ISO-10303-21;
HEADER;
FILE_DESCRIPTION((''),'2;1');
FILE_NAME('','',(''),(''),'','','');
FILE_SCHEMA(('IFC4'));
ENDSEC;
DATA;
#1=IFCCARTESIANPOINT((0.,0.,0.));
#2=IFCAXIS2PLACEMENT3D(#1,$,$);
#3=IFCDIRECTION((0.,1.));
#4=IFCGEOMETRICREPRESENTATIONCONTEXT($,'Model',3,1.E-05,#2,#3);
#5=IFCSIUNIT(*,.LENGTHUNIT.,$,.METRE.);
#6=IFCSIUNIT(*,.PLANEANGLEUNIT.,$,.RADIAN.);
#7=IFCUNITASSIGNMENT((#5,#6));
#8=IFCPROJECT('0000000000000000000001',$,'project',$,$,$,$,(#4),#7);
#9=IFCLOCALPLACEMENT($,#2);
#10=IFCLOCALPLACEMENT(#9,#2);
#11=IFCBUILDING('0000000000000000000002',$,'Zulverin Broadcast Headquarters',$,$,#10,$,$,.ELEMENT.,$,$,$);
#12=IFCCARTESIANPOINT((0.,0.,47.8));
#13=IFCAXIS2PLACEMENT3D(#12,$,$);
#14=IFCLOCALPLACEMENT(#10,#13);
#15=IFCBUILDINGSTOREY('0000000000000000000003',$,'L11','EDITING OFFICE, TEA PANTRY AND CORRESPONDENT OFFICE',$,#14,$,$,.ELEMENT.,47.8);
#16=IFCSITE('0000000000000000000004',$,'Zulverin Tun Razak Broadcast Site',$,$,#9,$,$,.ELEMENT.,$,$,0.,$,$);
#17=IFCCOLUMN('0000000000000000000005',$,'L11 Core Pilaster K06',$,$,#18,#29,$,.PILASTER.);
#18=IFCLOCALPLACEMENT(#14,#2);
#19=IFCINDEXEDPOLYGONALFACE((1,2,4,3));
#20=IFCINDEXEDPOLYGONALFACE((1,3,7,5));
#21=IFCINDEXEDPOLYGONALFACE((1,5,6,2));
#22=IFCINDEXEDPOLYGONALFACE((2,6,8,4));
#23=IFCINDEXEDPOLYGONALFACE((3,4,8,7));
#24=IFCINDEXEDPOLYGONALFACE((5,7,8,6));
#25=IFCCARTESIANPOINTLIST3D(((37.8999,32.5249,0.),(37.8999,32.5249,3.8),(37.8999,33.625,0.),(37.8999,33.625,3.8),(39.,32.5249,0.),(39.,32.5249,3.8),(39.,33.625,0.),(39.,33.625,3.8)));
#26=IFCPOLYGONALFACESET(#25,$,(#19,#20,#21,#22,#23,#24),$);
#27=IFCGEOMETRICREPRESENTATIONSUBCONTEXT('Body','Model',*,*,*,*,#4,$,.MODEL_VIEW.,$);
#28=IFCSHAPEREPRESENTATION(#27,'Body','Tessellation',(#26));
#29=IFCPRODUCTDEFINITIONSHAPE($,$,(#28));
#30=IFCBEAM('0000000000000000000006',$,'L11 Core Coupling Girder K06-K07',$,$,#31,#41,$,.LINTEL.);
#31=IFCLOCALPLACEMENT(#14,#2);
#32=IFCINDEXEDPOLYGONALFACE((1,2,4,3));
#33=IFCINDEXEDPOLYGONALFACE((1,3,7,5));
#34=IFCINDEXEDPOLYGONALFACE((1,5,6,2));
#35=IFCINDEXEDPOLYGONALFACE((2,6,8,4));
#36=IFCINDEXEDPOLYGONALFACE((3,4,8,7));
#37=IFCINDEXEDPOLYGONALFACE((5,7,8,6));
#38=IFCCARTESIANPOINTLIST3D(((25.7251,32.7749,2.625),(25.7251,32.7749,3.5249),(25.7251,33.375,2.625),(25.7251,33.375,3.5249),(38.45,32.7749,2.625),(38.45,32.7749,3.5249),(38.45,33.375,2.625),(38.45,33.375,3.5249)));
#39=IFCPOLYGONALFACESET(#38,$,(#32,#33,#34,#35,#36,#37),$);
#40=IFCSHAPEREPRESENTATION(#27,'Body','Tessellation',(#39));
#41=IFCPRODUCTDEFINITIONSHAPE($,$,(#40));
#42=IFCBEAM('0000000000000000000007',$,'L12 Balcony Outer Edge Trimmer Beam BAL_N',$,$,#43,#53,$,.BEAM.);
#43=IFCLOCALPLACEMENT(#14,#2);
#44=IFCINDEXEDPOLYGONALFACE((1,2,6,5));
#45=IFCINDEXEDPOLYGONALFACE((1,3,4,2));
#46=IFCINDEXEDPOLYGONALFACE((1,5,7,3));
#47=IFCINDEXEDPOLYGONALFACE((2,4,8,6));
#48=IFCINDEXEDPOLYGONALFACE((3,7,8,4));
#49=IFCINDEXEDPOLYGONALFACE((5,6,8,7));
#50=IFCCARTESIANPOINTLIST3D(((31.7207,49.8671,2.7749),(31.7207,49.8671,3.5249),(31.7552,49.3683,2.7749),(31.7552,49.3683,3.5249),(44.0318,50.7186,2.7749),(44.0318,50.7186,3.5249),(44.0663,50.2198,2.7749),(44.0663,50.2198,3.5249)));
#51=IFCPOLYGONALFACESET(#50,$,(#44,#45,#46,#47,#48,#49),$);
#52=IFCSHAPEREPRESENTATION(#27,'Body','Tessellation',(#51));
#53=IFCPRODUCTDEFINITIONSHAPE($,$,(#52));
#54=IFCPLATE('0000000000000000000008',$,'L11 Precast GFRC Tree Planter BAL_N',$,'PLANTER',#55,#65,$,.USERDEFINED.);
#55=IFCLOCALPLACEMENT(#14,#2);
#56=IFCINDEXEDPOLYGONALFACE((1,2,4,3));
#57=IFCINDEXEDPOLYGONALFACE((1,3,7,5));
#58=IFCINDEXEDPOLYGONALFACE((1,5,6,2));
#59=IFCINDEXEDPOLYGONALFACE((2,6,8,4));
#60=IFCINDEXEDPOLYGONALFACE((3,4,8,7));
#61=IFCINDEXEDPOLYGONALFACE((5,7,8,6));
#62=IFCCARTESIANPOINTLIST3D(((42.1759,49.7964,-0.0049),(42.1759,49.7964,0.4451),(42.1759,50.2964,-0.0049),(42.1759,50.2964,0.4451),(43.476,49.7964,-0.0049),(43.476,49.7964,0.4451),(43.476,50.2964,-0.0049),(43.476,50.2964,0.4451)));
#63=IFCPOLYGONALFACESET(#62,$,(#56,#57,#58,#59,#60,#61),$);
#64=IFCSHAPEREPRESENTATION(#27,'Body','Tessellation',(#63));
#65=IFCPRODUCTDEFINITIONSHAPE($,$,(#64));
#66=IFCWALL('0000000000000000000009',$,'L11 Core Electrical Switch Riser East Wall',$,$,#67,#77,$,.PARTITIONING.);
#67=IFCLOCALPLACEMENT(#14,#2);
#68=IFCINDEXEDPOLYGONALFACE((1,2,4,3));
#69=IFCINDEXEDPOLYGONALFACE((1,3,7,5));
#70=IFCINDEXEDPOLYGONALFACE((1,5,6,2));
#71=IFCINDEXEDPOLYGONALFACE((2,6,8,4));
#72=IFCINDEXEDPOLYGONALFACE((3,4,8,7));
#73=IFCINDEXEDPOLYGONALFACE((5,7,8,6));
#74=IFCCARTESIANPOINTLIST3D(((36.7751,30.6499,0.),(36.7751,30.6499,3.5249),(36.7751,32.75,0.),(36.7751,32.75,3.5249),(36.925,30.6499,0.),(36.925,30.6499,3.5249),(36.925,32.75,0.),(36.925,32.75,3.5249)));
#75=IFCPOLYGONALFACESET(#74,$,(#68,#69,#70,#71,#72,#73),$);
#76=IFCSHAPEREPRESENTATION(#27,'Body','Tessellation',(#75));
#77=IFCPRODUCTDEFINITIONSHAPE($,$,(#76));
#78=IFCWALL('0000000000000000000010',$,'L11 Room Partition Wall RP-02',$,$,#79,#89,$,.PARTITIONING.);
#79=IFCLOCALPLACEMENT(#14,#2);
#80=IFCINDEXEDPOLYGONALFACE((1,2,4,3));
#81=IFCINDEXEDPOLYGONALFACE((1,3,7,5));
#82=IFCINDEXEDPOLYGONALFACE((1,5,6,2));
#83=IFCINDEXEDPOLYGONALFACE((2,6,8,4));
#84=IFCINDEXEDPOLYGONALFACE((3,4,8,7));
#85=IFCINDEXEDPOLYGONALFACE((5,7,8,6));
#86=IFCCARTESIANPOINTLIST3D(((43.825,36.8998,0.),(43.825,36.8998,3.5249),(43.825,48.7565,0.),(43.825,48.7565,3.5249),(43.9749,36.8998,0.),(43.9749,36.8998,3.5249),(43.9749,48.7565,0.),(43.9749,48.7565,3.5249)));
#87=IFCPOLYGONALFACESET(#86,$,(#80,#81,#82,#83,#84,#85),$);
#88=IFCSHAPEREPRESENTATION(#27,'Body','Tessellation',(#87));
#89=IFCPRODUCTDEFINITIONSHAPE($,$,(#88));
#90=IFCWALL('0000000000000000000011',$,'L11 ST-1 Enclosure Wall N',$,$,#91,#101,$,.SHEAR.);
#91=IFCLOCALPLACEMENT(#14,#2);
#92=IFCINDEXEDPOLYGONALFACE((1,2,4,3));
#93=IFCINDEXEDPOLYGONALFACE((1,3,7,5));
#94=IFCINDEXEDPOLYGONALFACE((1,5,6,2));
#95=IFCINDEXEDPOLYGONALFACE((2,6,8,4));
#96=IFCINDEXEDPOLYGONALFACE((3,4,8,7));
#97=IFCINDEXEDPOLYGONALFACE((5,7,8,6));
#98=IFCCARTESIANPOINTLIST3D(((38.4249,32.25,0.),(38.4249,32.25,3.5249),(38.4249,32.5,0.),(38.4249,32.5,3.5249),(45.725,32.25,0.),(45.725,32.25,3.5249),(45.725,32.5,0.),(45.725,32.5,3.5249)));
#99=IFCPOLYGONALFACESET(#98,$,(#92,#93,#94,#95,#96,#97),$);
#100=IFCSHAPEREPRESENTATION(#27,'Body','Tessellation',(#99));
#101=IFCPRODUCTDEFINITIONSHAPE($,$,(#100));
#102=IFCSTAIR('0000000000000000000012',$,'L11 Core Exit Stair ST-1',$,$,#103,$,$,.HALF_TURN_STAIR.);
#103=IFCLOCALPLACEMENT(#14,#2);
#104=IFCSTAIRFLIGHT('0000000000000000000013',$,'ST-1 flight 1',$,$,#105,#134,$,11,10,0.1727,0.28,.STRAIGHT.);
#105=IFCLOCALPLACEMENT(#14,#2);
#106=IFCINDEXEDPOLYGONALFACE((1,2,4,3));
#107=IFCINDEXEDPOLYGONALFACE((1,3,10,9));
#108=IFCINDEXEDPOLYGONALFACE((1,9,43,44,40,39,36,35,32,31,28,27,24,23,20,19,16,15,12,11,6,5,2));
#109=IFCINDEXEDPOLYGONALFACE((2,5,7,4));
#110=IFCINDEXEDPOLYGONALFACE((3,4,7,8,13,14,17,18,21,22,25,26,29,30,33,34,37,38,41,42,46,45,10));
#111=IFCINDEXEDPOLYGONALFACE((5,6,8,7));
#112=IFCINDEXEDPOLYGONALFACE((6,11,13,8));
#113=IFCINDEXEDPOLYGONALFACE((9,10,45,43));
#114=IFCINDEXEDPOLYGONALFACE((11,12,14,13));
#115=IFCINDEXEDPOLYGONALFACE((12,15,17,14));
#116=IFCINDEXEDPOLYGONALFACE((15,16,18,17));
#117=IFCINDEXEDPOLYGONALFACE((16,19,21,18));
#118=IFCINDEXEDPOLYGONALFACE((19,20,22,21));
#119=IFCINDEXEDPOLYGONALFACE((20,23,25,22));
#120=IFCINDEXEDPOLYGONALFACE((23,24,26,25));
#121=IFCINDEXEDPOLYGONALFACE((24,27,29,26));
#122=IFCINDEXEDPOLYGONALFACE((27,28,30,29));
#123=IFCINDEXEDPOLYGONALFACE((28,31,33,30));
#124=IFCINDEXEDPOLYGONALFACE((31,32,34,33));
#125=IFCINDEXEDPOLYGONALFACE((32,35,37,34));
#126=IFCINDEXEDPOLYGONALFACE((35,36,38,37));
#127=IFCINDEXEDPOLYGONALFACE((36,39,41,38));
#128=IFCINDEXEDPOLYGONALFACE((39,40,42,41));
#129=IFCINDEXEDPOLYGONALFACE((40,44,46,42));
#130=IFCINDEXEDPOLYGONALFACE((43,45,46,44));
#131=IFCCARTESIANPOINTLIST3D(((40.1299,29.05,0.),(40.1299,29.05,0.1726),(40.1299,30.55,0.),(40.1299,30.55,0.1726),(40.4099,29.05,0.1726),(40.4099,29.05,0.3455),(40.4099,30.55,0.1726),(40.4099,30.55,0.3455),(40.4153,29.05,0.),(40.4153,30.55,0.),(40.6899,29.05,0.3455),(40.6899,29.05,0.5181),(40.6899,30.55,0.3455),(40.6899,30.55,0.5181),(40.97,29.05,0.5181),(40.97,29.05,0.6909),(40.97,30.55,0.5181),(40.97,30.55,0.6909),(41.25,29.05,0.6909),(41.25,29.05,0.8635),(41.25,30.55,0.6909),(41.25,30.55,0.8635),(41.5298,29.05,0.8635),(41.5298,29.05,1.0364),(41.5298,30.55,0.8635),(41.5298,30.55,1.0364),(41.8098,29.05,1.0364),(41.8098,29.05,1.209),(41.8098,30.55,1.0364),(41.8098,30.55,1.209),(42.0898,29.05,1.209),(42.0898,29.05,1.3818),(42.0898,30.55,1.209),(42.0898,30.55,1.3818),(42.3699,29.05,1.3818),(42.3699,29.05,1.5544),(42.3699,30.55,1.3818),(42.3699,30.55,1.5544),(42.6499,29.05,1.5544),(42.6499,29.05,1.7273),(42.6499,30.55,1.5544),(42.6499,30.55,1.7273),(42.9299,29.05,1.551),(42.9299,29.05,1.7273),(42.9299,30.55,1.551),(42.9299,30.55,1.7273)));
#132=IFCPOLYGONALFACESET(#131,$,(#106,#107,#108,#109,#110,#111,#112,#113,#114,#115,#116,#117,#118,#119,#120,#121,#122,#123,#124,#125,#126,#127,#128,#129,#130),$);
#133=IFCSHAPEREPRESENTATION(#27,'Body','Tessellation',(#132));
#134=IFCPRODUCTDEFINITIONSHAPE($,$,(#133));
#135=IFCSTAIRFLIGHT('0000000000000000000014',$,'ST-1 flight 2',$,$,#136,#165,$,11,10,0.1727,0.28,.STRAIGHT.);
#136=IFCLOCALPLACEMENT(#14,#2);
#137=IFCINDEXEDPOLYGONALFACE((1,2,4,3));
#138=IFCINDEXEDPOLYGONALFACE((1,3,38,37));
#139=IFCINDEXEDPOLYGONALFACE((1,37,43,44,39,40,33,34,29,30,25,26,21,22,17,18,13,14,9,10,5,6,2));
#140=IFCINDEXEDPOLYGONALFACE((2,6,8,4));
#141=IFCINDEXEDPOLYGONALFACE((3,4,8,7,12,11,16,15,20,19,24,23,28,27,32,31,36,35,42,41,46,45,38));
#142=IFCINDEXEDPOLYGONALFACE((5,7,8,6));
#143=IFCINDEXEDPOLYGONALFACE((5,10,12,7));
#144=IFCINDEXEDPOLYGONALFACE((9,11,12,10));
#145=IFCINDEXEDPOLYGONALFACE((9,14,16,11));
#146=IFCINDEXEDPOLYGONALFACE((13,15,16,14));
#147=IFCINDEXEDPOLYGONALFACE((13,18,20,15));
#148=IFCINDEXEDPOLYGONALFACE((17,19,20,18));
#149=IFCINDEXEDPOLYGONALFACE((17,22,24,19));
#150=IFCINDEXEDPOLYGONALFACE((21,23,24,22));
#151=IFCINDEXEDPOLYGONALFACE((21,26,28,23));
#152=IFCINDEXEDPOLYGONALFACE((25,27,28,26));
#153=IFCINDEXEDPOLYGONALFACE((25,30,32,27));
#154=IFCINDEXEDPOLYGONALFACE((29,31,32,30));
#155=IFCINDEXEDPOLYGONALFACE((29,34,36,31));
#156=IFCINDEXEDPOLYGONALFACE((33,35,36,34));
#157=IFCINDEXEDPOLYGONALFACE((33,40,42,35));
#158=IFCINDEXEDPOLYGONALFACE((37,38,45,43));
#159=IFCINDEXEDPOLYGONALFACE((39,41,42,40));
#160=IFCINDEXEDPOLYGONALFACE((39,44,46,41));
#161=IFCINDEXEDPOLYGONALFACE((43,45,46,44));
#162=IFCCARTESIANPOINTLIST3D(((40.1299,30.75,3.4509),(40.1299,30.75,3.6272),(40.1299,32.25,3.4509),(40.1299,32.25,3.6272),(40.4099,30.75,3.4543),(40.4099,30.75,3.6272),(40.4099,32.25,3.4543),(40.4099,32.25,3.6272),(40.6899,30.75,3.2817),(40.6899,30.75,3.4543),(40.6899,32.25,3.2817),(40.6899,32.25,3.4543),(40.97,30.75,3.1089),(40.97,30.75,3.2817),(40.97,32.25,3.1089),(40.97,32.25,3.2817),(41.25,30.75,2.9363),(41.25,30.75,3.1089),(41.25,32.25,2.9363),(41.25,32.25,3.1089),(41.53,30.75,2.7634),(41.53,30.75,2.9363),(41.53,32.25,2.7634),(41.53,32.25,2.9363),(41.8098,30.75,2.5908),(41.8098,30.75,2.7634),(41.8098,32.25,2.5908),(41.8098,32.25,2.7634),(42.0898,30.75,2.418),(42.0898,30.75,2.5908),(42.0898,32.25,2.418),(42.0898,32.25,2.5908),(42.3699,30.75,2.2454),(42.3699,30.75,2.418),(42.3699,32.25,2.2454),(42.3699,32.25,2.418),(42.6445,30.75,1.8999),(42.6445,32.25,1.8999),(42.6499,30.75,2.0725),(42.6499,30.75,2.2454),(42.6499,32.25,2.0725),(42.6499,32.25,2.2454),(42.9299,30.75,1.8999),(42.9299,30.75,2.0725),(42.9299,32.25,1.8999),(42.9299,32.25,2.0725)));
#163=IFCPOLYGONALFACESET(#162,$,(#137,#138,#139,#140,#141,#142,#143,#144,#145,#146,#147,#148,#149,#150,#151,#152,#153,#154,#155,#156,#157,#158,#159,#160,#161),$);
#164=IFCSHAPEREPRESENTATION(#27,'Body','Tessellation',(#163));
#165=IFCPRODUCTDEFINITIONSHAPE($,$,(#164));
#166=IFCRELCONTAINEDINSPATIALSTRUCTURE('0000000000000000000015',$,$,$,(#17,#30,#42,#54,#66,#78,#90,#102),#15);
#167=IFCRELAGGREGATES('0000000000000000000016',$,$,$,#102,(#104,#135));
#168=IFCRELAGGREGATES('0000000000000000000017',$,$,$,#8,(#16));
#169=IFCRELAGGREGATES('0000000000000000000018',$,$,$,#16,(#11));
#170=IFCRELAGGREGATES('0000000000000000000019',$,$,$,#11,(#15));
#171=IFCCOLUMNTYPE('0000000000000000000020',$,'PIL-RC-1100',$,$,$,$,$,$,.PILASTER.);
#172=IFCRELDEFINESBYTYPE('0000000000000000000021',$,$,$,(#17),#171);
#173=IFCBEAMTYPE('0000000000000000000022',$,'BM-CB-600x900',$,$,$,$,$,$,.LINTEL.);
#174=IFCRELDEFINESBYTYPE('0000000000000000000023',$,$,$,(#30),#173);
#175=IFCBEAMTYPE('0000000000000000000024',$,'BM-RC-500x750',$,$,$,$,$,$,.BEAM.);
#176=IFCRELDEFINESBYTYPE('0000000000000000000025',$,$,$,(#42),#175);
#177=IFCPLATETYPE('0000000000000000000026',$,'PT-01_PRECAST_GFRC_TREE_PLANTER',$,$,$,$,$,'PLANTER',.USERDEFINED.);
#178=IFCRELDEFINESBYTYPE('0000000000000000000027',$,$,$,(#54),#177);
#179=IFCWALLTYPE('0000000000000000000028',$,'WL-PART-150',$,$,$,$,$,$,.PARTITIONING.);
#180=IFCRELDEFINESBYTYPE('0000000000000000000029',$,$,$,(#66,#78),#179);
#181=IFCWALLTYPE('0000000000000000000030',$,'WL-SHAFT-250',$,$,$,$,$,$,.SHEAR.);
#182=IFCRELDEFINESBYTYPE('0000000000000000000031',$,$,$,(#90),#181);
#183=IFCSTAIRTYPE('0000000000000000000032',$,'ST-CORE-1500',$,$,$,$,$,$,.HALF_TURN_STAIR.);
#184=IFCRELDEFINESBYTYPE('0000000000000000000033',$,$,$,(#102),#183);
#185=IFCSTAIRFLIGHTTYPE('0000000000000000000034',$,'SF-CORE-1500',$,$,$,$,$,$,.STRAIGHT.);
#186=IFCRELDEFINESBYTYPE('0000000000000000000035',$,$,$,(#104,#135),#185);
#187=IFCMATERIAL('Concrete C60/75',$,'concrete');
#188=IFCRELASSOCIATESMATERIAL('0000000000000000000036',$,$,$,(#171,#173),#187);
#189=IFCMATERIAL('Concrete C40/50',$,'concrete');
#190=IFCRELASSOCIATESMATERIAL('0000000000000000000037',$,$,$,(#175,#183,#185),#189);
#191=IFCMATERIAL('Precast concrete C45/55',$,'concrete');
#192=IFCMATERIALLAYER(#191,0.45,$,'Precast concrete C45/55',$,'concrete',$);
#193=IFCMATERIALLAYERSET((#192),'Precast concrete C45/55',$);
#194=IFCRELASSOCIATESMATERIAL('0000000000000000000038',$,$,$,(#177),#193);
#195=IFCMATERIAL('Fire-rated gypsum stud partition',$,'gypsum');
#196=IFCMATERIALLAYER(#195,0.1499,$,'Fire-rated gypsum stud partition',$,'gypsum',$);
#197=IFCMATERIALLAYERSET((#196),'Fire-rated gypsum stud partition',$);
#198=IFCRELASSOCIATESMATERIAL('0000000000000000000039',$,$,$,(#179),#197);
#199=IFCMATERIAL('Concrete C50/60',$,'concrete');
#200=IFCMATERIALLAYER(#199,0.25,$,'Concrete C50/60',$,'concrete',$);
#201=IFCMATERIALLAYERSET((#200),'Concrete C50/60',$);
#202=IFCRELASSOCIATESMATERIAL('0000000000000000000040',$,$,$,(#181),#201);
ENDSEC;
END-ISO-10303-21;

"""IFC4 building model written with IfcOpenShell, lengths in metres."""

from ifc_helpers import new_model, si_unit, direction, frame, frame_2d, origin, origin_2d, place, context, subcontext, project, spatial, polyline, rectangle, outline, extrude, material, layer, layer_set, material_profile, profile_set, type_object, element, aggregate, save


model = new_model("IFC4")

# Units and contexts
model_context = context("Model", 3, precision=1e-05, world=origin(), true_north=direction((0.0, 1.0)))
body_context = subcontext(model_context, "Body", "Model", "MODEL_VIEW")
ifc_project = project(units=[si_unit("LENGTHUNIT", "METRE"), si_unit("PLANEANGLEUNIT", "RADIAN")], contexts=[model_context])

# Site, building, storey
site_placement = place(None, origin())
site = spatial("IfcSite", under=ifc_project, at=site_placement, Name="Zulverin Tun Razak Broadcast Site", CompositionType="ELEMENT", RefElevation=0.0)
building_placement = place(site_placement, origin())
building = spatial("IfcBuilding", under=site, at=building_placement, Name="Zulverin Broadcast Headquarters", CompositionType="ELEMENT")
storey_placement = place(building_placement, frame((0.0, 0.0, 47.8)))
storey = spatial("IfcBuildingStorey", under=building, at=storey_placement, Name="L11", Description="EDITING OFFICE, TEA PANTRY AND CORRESPONDENT OFFICE", CompositionType="ELEMENT", Elevation=47.8)

# Column
ifc_material_1 = material(Name="Concrete C60/75", Category="concrete")
ifc_material_profile_1 = material_profile(ifc_material_1, rectangle(XDim=1.1001, YDim=1.1001, at=origin_2d()), Name="Concrete C60/75", Category="concrete")
ifc_profile_set_1 = profile_set([ifc_material_profile_1], Name="Concrete C60/75")
column_type = type_object("IfcColumnType", Name="PIL-RC-1100", PredefinedType="PILASTER", material=ifc_profile_set_1)
column_placement = place(storey_placement, frame((38.45, 33.075, 0.0), z_axis=(0.0, 0.0, 1.0), x_axis=(1.0, 0.0, 0.0)))
element("IfcColumn", 1, at=column_placement, inside=storey, type_object=column_type, Name="L11 Core Pilaster K06", PredefinedType="PILASTER", context=body_context, shape_type="SweptSolid", body=[
    extrude(rectangle(XDim=1.1001, YDim=1.1001, at=origin_2d()), origin(), (0.0, 0.0, 1.0), 3.8),
])

# Beams
ifc_material_profile_2 = material_profile(ifc_material_1, rectangle(XDim=0.6001, YDim=0.8999, at=origin_2d()), Name="Concrete C60/75", Category="concrete")
ifc_profile_set_2 = profile_set([ifc_material_profile_2], Name="Concrete C60/75")
beam_type_1 = type_object("IfcBeamType", Name="BM-CB-600x900", PredefinedType="LINTEL", material=ifc_profile_set_2)
beam_1_placement = place(storey_placement, frame((38.45, 33.075, 3.075), z_axis=(-1.0, 0.0, 0.0), x_axis=(0.0, -1.0, 0.0)))
element("IfcBeam", 2, at=beam_1_placement, inside=storey, type_object=beam_type_1, Name="L11 Core Coupling Girder K06-K07", PredefinedType="LINTEL", context=body_context, shape_type="SweptSolid", body=[
    extrude(rectangle(XDim=0.6001, YDim=0.8999, at=origin_2d()), origin(), (0.0, 0.0, 1.0), 12.7249),
])
ifc_material_2 = material(Name="Concrete C40/50", Category="concrete")
ifc_material_profile_3 = material_profile(ifc_material_2, rectangle(XDim=0.5, YDim=0.75, at=origin_2d()), Name="Concrete C40/50", Category="concrete")
ifc_profile_set_3 = profile_set([ifc_material_profile_3], Name="Concrete C40/50")
beam_type_2 = type_object("IfcBeamType", Name="BM-RC-500x750", PredefinedType="BEAM", material=ifc_profile_set_3)
beam_2_placement = place(storey_placement, frame((44.0491, 50.4692, 3.1499), z_axis=(-0.997616, -0.069004, 0.0), x_axis=(0.069004, -0.997616, 0.0)))
element("IfcBeam", 3, at=beam_2_placement, inside=storey, type_object=beam_type_2, Name="L12 Balcony Outer Edge Trimmer Beam BAL_N", PredefinedType="BEAM", context=body_context, shape_type="SweptSolid", body=[
    extrude(rectangle(XDim=0.5, YDim=0.75, at=origin_2d()), origin(), (0.0, 0.0, 1.0), 12.3406),
])

# Plate
ifc_material_3 = material(Name="Precast concrete C45/55", Category="concrete")
ifc_layer_1 = layer(ifc_material_3, 0.45, Name="Precast concrete C45/55", Category="concrete")
ifc_layer_set_1 = layer_set([ifc_layer_1], Name="Precast concrete C45/55")
plate_type = type_object("IfcPlateType", Name="PT-01_PRECAST_GFRC_TREE_PLANTER", ElementType="PLANTER", PredefinedType="USERDEFINED", material=ifc_layer_set_1)
plate_placement = place(storey_placement, frame((42.8259, 50.0464, -0.0049), z_axis=(0.0, 0.0, 1.0), x_axis=(1.0, 0.0, 0.0)))
element("IfcPlate", 4, at=plate_placement, inside=storey, type_object=plate_type, Name="L11 Precast GFRC Tree Planter BAL_N", ObjectType="PLANTER", PredefinedType="USERDEFINED", context=body_context, shape_type="SweptSolid", body=[
    extrude(rectangle(XDim=1.3, YDim=0.5, at=origin_2d()), origin(), (0.0, 0.0, 1.0), 0.45),
])

# Walls
ifc_material_4 = material(Name="Fire-rated gypsum stud partition", Category="gypsum")
ifc_layer_2 = layer(ifc_material_4, 0.1499, Name="Fire-rated gypsum stud partition", Category="gypsum")
ifc_layer_set_2 = layer_set([ifc_layer_2], Name="Fire-rated gypsum stud partition")
wall_type_1 = type_object("IfcWallType", Name="WL-PART-150", PredefinedType="PARTITIONING", material=ifc_layer_set_2)
wall_1_placement = place(storey_placement, frame((36.8501, 30.6499, 0.0), z_axis=(0.0, 0.0, 1.0), x_axis=(0.0, 1.0, 0.0)))
element("IfcWall", 5, at=wall_1_placement, inside=storey, type_object=wall_type_1, Name="L11 Core Electrical Switch Riser East Wall", PredefinedType="PARTITIONING", context=body_context, shape_type="SweptSolid", body=[
    extrude(rectangle(XDim=2.1001, YDim=0.1499, at=frame_2d((1.05, 0.0))), origin(), (0.0, 0.0, 1.0), 3.5249),
])
wall_2_placement = place(storey_placement, frame((43.8999, 36.8999, 0.0), z_axis=(0.0, 0.0, 1.0), x_axis=(0.0, 1.0, 0.0)))
element("IfcWall", 6, at=wall_2_placement, inside=storey, type_object=wall_type_1, Name="L11 Room Partition Wall RP-02", PredefinedType="PARTITIONING", context=body_context, shape_type="SweptSolid", body=[
    extrude(rectangle(XDim=11.8567, YDim=0.1499, at=frame_2d((5.9282, 0.0))), origin(), (0.0, 0.0, 1.0), 3.5249),
])
ifc_material_5 = material(Name="Concrete C50/60", Category="concrete")
ifc_layer_3 = layer(ifc_material_5, 0.25, Name="Concrete C50/60", Category="concrete")
ifc_layer_set_3 = layer_set([ifc_layer_3], Name="Concrete C50/60")
wall_type_2 = type_object("IfcWallType", Name="WL-SHAFT-250", PredefinedType="SHEAR", material=ifc_layer_set_3)
wall_3_placement = place(storey_placement, frame((38.425, 32.375, 0.0), z_axis=(0.0, 0.0, 1.0), x_axis=(1.0, 0.0, 0.0)))
element("IfcWall", 7, at=wall_3_placement, inside=storey, type_object=wall_type_2, Name="L11 ST-1 Enclosure Wall N", PredefinedType="SHEAR", context=body_context, shape_type="SweptSolid", body=[
    extrude(rectangle(XDim=7.3, YDim=0.25, at=frame_2d((3.6499, 0.0))), origin(), (0.0, 0.0, 1.0), 3.5249),
])

# Stair, stair flights
stair_type = type_object("IfcStairType", Name="ST-CORE-1500", PredefinedType="HALF_TURN_STAIR", material=ifc_material_2)
stair_placement = place(storey_placement, origin())
stair = element("IfcStair", 8, at=stair_placement, inside=storey, type_object=stair_type, Name="L11 Core Exit Stair ST-1", PredefinedType="HALF_TURN_STAIR")
stair_flight_type = type_object("IfcStairFlightType", Name="SF-CORE-1500", PredefinedType="STRAIGHT", material=ifc_material_2)
stair_flight_1_placement = place(storey_placement, frame((40.1299, 29.8, 0.0), z_axis=(0.0, 0.0, 1.0), x_axis=(1.0, 0.0, 0.0)))
stair_flight_1 = element("IfcStairFlight", 9, at=stair_flight_1_placement, type_object=stair_flight_type, Name="ST-1 flight 1", NumberOfRisers=11, NumberOfTreads=10, PredefinedType="STRAIGHT", RiserHeight=0.1727, TreadLength=0.28, context=body_context, shape_type="SweptSolid", body=[
    extrude(outline(polyline([(0.0, 0.0), (0.0, 0.1726), (0.28, 0.1726), (0.28, 0.3455), (0.5601, 0.3455), (0.5601, 0.5181), (0.8401, 0.5181), (0.8401, 0.6909), (1.1201, 0.6909), (1.1201, 0.8635), (1.3999, 0.8635), (1.3999, 1.0364), (1.6799, 1.0364), (1.6799, 1.209), (1.96, 1.209), (1.96, 1.3818), (2.24, 1.3818), (2.24, 1.5544), (2.52, 1.5544), (2.52, 1.7273), (2.8, 1.7273), (2.8, 1.8999), (2.8, 1.551), (0.2854, 0.0), (0.0, 0.0)])), frame((0.0, 0.75, 0.0), z_axis=(0.0, -1.0, 0.0), x_axis=(1.0, 0.0, 0.0)), (0.0, 0.0, 1.0), 1.5),
])
stair_flight_2_placement = place(storey_placement, frame((42.9299, 31.5, 1.8999), z_axis=(0.0, 0.0, 1.0), x_axis=(-1.0, 0.0, 0.0)))
stair_flight_2 = element("IfcStairFlight", 10, at=stair_flight_2_placement, type_object=stair_flight_type, Name="ST-1 flight 2", NumberOfRisers=11, NumberOfTreads=10, PredefinedType="STRAIGHT", RiserHeight=0.1727, TreadLength=0.28, context=body_context, shape_type="SweptSolid", body=[
    extrude(outline(polyline([(0.0, 0.0), (0.0, 0.1726), (0.28, 0.1726), (0.28, 0.3455), (0.5601, 0.3455), (0.5601, 0.5181), (0.8401, 0.5181), (0.8401, 0.6909), (1.1201, 0.6909), (1.1201, 0.8635), (1.3999, 0.8635), (1.3999, 1.0364), (1.6799, 1.0364), (1.6799, 1.209), (1.96, 1.209), (1.96, 1.3818), (2.24, 1.3818), (2.24, 1.5544), (2.52, 1.5544), (2.52, 1.7273), (2.8, 1.7273), (2.8, 1.8999), (2.8, 1.551), (0.2854, 0.0), (0.0, 0.0)])), frame((0.0, 0.75, 0.0), z_axis=(0.0, -1.0, 0.0), x_axis=(1.0, 0.0, 0.0)), (0.0, 0.0, 1.0), 1.5),
])
aggregate(stair, [stair_flight_1, stair_flight_2])

save(model, "model.ifc")
